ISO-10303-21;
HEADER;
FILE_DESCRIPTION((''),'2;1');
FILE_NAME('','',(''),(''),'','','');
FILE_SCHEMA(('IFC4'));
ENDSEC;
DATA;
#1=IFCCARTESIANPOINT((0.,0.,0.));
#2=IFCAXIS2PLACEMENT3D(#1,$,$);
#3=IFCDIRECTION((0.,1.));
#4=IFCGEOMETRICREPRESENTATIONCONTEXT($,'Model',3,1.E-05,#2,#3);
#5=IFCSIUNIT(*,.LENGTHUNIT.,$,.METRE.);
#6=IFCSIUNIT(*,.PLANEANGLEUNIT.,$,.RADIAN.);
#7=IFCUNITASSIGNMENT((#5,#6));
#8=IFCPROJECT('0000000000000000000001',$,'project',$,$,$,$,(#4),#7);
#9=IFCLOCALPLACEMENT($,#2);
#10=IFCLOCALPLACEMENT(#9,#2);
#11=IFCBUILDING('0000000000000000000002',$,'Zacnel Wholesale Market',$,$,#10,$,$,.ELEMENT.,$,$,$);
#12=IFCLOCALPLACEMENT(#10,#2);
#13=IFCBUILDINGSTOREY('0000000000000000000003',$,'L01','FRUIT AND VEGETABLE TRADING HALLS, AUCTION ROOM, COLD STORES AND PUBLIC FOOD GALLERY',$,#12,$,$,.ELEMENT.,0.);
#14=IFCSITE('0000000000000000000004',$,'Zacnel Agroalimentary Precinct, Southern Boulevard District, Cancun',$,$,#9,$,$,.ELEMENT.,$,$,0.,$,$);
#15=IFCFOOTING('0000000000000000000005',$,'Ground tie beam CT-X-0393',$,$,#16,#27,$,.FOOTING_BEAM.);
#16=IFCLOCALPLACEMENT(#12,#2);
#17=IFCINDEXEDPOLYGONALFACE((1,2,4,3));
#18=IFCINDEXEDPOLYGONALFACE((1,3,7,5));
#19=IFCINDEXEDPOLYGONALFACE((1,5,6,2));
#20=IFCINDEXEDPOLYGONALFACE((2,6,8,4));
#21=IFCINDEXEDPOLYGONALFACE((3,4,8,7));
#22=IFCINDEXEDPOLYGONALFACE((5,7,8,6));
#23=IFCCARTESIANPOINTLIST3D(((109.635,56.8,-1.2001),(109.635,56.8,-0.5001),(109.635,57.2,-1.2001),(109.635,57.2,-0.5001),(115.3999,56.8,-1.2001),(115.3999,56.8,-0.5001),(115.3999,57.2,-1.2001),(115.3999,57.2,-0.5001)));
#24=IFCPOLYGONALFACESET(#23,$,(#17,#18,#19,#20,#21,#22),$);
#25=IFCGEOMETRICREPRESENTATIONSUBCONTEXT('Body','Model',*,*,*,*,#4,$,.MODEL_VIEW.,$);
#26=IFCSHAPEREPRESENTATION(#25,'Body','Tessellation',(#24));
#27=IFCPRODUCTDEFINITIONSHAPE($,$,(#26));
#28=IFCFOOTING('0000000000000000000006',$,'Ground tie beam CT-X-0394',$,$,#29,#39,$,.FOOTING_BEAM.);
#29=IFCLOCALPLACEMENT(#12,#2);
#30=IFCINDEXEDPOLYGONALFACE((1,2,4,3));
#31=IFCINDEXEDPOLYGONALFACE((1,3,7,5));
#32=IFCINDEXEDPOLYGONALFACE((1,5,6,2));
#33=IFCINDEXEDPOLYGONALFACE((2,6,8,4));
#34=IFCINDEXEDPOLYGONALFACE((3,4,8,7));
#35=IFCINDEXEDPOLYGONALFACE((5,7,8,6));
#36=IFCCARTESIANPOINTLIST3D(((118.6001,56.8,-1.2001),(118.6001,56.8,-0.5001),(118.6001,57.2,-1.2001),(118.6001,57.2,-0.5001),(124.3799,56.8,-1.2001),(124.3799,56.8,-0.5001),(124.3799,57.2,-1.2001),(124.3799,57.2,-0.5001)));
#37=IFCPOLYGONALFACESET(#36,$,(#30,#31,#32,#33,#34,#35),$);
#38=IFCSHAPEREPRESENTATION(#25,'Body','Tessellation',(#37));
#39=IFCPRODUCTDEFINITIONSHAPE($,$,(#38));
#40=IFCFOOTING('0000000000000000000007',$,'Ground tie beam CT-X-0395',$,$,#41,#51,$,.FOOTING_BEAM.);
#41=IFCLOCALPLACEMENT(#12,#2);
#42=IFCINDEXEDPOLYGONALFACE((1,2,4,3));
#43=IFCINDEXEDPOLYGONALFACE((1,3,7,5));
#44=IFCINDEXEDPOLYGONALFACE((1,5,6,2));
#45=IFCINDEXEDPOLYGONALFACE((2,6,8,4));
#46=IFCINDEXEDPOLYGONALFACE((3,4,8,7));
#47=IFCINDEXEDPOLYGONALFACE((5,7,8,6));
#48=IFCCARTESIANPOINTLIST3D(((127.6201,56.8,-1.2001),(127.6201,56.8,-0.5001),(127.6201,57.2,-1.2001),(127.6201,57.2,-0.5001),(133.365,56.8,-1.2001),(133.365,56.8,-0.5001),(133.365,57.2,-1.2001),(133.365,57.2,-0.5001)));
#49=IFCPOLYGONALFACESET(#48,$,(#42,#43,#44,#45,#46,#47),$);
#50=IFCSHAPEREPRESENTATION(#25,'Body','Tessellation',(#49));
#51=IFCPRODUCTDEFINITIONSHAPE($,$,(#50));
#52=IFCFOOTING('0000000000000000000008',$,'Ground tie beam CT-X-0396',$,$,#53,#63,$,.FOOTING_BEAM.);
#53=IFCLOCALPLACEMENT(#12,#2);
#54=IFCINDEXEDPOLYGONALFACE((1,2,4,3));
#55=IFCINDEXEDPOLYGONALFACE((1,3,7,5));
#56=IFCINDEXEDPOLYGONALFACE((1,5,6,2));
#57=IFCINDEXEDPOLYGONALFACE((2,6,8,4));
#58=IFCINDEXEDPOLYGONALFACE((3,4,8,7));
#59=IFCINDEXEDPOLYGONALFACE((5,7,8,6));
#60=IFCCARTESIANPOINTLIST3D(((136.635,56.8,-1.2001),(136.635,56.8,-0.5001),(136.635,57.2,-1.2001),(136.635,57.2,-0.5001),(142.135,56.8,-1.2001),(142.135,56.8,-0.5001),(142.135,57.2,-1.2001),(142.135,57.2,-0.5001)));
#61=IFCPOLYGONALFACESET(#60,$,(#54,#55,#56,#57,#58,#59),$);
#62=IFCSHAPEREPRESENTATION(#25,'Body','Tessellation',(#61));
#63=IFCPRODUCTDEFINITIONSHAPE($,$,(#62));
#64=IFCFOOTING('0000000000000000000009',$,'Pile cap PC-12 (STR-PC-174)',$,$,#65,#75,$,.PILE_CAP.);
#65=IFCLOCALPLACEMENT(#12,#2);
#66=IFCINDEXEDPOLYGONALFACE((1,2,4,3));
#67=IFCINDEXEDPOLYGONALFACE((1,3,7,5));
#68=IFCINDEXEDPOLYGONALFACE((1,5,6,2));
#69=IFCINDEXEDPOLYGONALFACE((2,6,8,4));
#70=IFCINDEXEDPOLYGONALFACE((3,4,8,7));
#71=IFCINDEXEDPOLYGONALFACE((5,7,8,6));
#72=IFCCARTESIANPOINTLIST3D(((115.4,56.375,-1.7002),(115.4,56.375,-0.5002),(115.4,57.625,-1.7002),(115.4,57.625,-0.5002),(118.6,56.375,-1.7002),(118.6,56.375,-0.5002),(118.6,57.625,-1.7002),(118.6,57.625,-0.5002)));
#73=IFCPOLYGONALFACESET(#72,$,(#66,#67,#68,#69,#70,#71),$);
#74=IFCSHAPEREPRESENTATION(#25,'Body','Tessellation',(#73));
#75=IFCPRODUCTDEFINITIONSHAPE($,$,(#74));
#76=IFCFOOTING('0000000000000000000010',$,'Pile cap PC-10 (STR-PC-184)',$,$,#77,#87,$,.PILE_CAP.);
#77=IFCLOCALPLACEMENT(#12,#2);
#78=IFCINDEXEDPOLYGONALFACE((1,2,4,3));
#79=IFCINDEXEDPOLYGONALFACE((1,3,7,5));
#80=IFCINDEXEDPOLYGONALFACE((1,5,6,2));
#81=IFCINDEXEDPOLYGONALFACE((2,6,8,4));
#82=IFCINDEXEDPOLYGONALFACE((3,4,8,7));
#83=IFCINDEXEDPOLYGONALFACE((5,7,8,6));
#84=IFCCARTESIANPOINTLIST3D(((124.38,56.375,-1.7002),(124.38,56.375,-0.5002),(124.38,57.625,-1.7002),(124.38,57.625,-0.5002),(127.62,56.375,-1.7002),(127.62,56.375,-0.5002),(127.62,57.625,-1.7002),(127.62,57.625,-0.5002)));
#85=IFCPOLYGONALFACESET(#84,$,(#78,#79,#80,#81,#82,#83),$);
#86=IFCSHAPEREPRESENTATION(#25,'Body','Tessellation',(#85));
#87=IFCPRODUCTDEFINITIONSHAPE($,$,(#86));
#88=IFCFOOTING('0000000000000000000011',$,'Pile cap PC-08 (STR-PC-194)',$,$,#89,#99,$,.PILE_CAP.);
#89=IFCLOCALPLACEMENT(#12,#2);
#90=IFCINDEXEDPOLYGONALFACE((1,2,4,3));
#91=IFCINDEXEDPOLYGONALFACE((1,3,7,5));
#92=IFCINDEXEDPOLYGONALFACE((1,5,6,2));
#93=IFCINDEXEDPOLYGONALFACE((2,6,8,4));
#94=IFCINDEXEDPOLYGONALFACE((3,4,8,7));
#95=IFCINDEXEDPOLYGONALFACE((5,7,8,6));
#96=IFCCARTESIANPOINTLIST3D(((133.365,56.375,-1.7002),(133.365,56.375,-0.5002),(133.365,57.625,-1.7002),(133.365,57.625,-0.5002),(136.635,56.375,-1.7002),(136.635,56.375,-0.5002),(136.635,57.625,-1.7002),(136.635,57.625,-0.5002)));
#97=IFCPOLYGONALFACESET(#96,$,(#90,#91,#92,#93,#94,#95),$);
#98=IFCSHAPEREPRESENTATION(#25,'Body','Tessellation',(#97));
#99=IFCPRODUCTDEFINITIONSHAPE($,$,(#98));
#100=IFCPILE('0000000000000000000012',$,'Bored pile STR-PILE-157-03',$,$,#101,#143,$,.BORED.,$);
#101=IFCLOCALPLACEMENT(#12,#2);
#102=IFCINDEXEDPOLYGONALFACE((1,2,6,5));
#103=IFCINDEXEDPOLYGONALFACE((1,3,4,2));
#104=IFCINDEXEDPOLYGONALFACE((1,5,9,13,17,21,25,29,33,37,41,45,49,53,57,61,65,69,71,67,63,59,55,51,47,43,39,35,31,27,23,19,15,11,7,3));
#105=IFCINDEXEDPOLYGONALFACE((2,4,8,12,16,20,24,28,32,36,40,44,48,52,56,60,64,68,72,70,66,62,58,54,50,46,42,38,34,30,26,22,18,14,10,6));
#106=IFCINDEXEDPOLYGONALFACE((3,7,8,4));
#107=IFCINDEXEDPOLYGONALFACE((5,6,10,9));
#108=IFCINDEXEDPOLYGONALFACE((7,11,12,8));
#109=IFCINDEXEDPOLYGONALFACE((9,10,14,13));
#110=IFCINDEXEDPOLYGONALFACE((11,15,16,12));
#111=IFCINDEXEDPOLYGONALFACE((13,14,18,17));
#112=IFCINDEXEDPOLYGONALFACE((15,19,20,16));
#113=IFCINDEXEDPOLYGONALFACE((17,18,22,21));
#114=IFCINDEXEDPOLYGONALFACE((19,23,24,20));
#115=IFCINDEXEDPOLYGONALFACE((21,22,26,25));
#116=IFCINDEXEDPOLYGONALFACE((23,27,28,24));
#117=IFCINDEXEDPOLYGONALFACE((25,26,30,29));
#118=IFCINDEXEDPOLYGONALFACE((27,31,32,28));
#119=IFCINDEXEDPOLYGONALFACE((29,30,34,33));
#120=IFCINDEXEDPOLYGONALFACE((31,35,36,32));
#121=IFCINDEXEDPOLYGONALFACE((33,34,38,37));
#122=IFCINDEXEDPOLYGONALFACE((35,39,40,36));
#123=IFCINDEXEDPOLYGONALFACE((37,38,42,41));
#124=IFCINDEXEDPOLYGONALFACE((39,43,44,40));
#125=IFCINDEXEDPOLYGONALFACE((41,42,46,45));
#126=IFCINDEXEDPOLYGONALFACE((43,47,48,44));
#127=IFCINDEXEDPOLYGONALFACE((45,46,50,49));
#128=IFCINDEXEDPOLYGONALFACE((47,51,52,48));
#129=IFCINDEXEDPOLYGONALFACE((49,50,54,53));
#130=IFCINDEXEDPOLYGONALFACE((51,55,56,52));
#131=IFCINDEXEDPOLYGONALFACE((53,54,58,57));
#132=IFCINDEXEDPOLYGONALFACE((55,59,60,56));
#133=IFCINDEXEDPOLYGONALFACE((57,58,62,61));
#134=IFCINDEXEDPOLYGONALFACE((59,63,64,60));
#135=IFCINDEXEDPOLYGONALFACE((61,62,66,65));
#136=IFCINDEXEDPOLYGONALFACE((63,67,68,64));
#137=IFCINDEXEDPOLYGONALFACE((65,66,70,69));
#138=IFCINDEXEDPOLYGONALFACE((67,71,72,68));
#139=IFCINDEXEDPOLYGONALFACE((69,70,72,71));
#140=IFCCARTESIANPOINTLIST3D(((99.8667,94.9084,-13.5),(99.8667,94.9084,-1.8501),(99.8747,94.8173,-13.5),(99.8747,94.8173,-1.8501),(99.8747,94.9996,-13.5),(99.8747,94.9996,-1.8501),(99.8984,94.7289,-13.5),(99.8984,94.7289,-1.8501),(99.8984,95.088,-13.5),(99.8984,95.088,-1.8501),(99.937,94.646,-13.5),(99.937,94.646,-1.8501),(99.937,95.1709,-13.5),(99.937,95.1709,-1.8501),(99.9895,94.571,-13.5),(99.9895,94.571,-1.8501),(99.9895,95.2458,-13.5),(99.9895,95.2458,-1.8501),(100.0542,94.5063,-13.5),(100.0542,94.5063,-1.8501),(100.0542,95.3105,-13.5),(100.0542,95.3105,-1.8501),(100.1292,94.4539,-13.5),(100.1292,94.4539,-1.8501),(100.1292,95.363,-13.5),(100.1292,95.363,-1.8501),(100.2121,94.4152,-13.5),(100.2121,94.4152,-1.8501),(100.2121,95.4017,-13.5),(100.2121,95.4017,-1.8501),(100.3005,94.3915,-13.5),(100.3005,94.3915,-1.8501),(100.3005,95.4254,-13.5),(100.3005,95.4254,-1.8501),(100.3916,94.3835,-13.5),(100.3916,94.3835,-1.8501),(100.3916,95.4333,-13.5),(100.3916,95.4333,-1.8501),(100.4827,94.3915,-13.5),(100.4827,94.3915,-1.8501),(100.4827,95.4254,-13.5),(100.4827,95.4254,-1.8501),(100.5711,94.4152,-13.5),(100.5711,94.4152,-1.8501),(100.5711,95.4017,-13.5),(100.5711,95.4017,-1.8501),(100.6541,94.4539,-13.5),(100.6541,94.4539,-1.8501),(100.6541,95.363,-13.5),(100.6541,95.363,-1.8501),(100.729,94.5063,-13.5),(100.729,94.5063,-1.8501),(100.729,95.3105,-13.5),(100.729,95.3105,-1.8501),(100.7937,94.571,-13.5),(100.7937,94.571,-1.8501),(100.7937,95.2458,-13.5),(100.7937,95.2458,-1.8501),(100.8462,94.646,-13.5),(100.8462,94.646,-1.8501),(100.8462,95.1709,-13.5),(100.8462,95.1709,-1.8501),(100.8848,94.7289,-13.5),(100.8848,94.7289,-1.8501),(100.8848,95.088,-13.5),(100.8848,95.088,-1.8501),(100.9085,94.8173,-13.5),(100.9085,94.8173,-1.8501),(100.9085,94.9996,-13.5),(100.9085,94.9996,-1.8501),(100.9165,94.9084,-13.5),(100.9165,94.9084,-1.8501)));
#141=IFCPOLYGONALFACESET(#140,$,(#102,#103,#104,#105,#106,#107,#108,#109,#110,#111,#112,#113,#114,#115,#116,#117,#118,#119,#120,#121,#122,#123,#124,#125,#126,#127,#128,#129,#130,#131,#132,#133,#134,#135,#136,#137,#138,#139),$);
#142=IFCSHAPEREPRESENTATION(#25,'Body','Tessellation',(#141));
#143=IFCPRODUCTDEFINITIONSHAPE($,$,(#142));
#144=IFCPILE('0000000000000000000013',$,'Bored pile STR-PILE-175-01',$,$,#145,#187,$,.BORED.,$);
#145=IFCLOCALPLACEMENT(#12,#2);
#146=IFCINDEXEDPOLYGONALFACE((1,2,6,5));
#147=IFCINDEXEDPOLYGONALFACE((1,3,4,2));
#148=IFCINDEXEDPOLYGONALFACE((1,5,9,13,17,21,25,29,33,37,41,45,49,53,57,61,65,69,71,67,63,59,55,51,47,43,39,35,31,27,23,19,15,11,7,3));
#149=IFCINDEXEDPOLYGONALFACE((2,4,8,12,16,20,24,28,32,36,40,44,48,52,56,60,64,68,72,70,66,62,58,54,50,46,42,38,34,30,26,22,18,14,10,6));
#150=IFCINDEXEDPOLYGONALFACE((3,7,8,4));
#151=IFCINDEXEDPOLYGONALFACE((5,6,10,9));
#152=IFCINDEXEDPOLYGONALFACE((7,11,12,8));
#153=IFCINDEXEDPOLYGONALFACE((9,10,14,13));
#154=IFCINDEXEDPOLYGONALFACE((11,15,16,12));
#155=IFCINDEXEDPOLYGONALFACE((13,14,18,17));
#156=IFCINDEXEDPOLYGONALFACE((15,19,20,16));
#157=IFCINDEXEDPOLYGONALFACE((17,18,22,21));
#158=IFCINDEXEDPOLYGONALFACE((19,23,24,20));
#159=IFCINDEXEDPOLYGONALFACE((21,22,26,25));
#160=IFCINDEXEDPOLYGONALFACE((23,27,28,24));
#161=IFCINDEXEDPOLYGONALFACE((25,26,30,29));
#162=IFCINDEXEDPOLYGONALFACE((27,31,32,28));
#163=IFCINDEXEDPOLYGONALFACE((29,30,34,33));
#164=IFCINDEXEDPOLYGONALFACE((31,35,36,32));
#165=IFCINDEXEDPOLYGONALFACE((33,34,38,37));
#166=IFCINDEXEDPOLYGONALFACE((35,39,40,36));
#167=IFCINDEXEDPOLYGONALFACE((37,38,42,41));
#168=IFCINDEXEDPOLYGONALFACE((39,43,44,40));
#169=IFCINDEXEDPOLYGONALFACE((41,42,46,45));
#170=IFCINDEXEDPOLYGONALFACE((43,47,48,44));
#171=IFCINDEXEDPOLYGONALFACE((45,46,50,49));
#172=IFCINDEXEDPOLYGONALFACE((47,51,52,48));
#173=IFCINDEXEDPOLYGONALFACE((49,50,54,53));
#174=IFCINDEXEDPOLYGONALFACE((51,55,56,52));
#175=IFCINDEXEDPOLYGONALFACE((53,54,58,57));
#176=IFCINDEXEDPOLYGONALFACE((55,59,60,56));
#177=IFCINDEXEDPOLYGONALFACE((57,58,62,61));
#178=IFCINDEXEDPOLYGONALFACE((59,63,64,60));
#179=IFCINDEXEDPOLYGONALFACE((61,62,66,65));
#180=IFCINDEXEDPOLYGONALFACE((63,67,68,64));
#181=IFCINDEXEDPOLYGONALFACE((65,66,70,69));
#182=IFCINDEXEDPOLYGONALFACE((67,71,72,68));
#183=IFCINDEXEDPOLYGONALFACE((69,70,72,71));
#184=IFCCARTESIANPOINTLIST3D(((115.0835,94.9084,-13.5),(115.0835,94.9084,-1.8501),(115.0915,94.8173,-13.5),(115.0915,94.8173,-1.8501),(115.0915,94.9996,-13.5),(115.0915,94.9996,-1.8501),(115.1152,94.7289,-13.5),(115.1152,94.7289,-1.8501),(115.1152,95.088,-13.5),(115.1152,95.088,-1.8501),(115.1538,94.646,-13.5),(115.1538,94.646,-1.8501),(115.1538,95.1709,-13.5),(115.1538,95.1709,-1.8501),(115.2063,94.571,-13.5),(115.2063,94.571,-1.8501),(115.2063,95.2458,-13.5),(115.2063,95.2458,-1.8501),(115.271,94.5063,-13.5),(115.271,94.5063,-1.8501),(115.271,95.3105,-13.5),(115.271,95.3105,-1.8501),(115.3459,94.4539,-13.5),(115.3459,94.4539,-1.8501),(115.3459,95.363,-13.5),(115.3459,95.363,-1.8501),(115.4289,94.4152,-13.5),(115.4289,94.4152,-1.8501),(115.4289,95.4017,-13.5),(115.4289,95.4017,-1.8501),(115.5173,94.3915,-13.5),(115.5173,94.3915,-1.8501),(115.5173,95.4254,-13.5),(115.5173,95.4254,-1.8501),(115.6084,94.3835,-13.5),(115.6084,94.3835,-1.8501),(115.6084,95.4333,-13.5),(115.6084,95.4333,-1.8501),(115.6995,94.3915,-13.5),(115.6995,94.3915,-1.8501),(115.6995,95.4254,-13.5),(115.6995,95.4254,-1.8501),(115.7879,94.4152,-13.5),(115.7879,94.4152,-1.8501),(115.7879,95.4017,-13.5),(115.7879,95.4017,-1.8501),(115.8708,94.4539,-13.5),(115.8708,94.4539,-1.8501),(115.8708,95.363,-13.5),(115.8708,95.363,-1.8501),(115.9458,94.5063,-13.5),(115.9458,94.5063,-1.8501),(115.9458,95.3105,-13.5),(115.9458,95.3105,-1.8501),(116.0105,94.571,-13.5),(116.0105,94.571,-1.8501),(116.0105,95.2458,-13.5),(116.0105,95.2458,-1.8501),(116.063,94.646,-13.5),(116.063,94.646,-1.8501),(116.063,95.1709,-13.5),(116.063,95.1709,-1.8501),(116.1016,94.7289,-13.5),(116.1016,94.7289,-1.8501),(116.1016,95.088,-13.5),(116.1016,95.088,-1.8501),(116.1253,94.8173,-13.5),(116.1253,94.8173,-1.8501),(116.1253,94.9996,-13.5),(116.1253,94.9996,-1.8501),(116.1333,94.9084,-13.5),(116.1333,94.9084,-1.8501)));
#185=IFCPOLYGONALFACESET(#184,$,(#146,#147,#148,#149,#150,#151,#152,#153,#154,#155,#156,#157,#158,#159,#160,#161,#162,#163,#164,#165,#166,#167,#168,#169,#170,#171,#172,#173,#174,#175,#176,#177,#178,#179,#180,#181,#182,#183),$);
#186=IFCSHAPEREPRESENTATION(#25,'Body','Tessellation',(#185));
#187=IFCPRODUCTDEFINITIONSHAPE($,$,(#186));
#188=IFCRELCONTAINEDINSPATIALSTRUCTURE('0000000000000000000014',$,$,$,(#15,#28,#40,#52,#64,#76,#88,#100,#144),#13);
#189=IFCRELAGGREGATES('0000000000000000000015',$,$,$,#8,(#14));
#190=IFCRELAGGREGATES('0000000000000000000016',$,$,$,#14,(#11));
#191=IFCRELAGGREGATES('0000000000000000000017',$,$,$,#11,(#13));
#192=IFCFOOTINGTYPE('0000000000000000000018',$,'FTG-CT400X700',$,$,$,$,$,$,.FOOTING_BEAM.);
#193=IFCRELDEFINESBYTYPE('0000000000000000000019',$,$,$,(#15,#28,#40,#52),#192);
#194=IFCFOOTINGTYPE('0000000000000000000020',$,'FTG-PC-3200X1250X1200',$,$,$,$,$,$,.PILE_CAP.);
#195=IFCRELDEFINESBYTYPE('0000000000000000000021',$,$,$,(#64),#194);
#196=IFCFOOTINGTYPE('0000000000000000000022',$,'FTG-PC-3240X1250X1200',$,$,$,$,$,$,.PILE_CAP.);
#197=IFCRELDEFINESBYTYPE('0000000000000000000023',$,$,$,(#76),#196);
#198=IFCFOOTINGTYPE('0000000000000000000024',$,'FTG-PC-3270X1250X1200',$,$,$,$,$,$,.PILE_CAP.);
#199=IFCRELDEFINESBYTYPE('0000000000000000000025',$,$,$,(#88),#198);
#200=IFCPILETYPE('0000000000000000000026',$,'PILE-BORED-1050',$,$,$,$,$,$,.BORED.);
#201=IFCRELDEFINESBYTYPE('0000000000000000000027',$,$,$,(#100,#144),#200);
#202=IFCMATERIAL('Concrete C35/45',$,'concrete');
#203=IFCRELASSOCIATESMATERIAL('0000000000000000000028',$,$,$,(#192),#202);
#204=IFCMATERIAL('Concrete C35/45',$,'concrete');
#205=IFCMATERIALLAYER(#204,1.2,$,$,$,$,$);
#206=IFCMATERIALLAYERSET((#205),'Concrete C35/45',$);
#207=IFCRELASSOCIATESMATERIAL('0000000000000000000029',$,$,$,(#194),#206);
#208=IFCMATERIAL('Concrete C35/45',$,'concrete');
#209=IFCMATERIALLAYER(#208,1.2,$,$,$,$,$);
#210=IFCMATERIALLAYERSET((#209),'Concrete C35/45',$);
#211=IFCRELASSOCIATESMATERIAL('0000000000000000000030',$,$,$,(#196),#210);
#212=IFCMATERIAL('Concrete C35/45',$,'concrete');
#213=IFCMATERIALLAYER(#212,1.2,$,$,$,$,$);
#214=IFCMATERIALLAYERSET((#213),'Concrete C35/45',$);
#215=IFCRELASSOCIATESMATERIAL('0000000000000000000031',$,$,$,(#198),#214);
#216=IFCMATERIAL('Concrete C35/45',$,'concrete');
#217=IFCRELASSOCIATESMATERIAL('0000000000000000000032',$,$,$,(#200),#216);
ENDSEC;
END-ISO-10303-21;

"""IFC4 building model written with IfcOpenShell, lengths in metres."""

from ifc_helpers import new_model, si_unit, direction, frame, origin, origin_2d, place, context, subcontext, project, spatial, rectangle, circle, extrude, material, layer, layer_set, material_profile, profile_set, type_object, element, save


model = new_model("IFC4")

# Units and contexts
model_context = context("Model", 3, precision=1e-05, world=origin(), true_north=direction((0.0, 1.0)))
body_context = subcontext(model_context, "Body", "Model", "MODEL_VIEW")
ifc_project = project(units=[si_unit("LENGTHUNIT", "METRE"), si_unit("PLANEANGLEUNIT", "RADIAN")], contexts=[model_context])

# Site, building, storey
site_placement = place(None, origin())
site = spatial("IfcSite", under=ifc_project, at=site_placement, Name="Zacnel Agroalimentary Precinct, Southern Boulevard District, Cancun", CompositionType="ELEMENT", RefElevation=0.0)
building_placement = place(site_placement, origin())
building = spatial("IfcBuilding", under=site, at=building_placement, Name="Zacnel Wholesale Market", CompositionType="ELEMENT")
storey_placement = place(building_placement, origin())
storey = spatial("IfcBuildingStorey", under=building, at=storey_placement, Name="L01", Description="FRUIT AND VEGETABLE TRADING HALLS, AUCTION ROOM, COLD STORES AND PUBLIC FOOD GALLERY", CompositionType="ELEMENT", Elevation=0.0)

# Footings
ifc_material_1 = material(Name="Concrete C35/45", Category="concrete")
ifc_material_profile_1 = material_profile(ifc_material_1, rectangle(XDim=0.3999, YDim=0.7, at=origin_2d()), Name="CT 400x700")
ifc_profile_set_1 = profile_set([ifc_material_profile_1], Name="Concrete C35/45")
footing_type_1 = type_object("IfcFootingType", Name="FTG-CT400X700", PredefinedType="FOOTING_BEAM", material=ifc_profile_set_1)
footing_1_placement = place(storey_placement, frame((109.635, 57.0, -0.8501), z_axis=(1.0, 0.0, 0.0), x_axis=(0.0, 1.0, 0.0)))
element("IfcFooting", 1, at=footing_1_placement, inside=storey, type_object=footing_type_1, Name="Ground tie beam CT-X-0393", PredefinedType="FOOTING_BEAM", context=body_context, shape_type="SweptSolid", body=[
    extrude(rectangle(XDim=0.3999, YDim=0.7, at=origin_2d()), origin(), (0.0, 0.0, 1.0), 5.7649),
])
footing_2_placement = place(storey_placement, frame((118.6001, 57.0, -0.8501), z_axis=(1.0, 0.0, 0.0), x_axis=(0.0, 1.0, 0.0)))
element("IfcFooting", 2, at=footing_2_placement, inside=storey, type_object=footing_type_1, Name="Ground tie beam CT-X-0394", PredefinedType="FOOTING_BEAM", context=body_context, shape_type="SweptSolid", body=[
    extrude(rectangle(XDim=0.3999, YDim=0.7, at=origin_2d()), origin(), (0.0, 0.0, 1.0), 5.7798),
])
footing_3_placement = place(storey_placement, frame((127.6201, 57.0, -0.8501), z_axis=(1.0, 0.0, 0.0), x_axis=(0.0, 1.0, 0.0)))
element("IfcFooting", 3, at=footing_3_placement, inside=storey, type_object=footing_type_1, Name="Ground tie beam CT-X-0395", PredefinedType="FOOTING_BEAM", context=body_context, shape_type="SweptSolid", body=[
    extrude(rectangle(XDim=0.3999, YDim=0.7, at=origin_2d()), origin(), (0.0, 0.0, 1.0), 5.7449),
])
footing_4_placement = place(storey_placement, frame((136.635, 57.0, -0.8501), z_axis=(1.0, 0.0, 0.0), x_axis=(0.0, 1.0, 0.0)))
element("IfcFooting", 4, at=footing_4_placement, inside=storey, type_object=footing_type_1, Name="Ground tie beam CT-X-0396", PredefinedType="FOOTING_BEAM", context=body_context, shape_type="SweptSolid", body=[
    extrude(rectangle(XDim=0.3999, YDim=0.7, at=origin_2d()), origin(), (0.0, 0.0, 1.0), 5.5),
])
ifc_material_2 = material(Name="Concrete C35/45", Category="concrete")
ifc_layer_1 = layer(ifc_material_2, 1.2)
ifc_layer_set_1 = layer_set([ifc_layer_1], Name="Concrete C35/45")
footing_type_2 = type_object("IfcFootingType", Name="FTG-PC-3200X1250X1200", PredefinedType="PILE_CAP", material=ifc_layer_set_1)
footing_5_placement = place(storey_placement, frame((117.0, 57.0, -1.7002), z_axis=(0.0, 0.0, 1.0), x_axis=(1.0, 0.0, 0.0)))
element("IfcFooting", 5, at=footing_5_placement, inside=storey, type_object=footing_type_2, Name="Pile cap PC-12 (STR-PC-174)", PredefinedType="PILE_CAP", context=body_context, shape_type="SweptSolid", body=[
    extrude(rectangle(XDim=3.2, YDim=1.25, at=origin_2d()), origin(), (0.0, 0.0, 1.0), 1.2),
])
ifc_material_3 = material(Name="Concrete C35/45", Category="concrete")
ifc_layer_2 = layer(ifc_material_3, 1.2)
ifc_layer_set_2 = layer_set([ifc_layer_2], Name="Concrete C35/45")
footing_type_3 = type_object("IfcFootingType", Name="FTG-PC-3240X1250X1200", PredefinedType="PILE_CAP", material=ifc_layer_set_2)
footing_6_placement = place(storey_placement, frame((126.0, 57.0, -1.7002), z_axis=(0.0, 0.0, 1.0), x_axis=(1.0, 0.0, 0.0)))
element("IfcFooting", 6, at=footing_6_placement, inside=storey, type_object=footing_type_3, Name="Pile cap PC-10 (STR-PC-184)", PredefinedType="PILE_CAP", context=body_context, shape_type="SweptSolid", body=[
    extrude(rectangle(XDim=3.24, YDim=1.25, at=origin_2d()), origin(), (0.0, 0.0, 1.0), 1.2),
])
ifc_material_4 = material(Name="Concrete C35/45", Category="concrete")
ifc_layer_3 = layer(ifc_material_4, 1.2)
ifc_layer_set_3 = layer_set([ifc_layer_3], Name="Concrete C35/45")
footing_type_4 = type_object("IfcFootingType", Name="FTG-PC-3270X1250X1200", PredefinedType="PILE_CAP", material=ifc_layer_set_3)
footing_7_placement = place(storey_placement, frame((135.0, 57.0, -1.7002), z_axis=(0.0, 0.0, 1.0), x_axis=(1.0, 0.0, 0.0)))
element("IfcFooting", 7, at=footing_7_placement, inside=storey, type_object=footing_type_4, Name="Pile cap PC-08 (STR-PC-194)", PredefinedType="PILE_CAP", context=body_context, shape_type="SweptSolid", body=[
    extrude(rectangle(XDim=3.27, YDim=1.25, at=origin_2d()), origin(), (0.0, 0.0, 1.0), 1.2),
])

# Piles
ifc_material_5 = material(Name="Concrete C35/45", Category="concrete")
ifc_material_profile_2 = material_profile(ifc_material_5, circle(Radius=0.5249, at=origin_2d()), Name="BORED PILE D1050")
ifc_profile_set_2 = profile_set([ifc_material_profile_2], Name="Concrete C35/45")
pile_type_1 = type_object("IfcPileType", Name="PILE-BORED-1050", PredefinedType="BORED", material=ifc_profile_set_2)
for number, where, z_axis, x_axis, name in (
    (8, (100.3916, 94.9084, -1.8501), (0.0, 0.0, -1.0), (1.0, 0.0, 0.0), "Bored pile STR-PILE-157-03"),
    (9, (115.6084, 94.9084, -1.8501), (0.0, 0.0, -1.0), (1.0, 0.0, 0.0), "Bored pile STR-PILE-175-01"),
):
    element("IfcPile", number, at=place(storey_placement, frame(where, z_axis=z_axis, x_axis=x_axis)), inside=storey, type_object=pile_type_1, Name=name, PredefinedType="BORED", context=body_context, shape_type="SweptSolid", body=[
        extrude(circle(Radius=0.5249, at=origin_2d()), origin(), (0.0, 0.0, 1.0), 11.6499),
    ])

save(model, "model.ifc")
